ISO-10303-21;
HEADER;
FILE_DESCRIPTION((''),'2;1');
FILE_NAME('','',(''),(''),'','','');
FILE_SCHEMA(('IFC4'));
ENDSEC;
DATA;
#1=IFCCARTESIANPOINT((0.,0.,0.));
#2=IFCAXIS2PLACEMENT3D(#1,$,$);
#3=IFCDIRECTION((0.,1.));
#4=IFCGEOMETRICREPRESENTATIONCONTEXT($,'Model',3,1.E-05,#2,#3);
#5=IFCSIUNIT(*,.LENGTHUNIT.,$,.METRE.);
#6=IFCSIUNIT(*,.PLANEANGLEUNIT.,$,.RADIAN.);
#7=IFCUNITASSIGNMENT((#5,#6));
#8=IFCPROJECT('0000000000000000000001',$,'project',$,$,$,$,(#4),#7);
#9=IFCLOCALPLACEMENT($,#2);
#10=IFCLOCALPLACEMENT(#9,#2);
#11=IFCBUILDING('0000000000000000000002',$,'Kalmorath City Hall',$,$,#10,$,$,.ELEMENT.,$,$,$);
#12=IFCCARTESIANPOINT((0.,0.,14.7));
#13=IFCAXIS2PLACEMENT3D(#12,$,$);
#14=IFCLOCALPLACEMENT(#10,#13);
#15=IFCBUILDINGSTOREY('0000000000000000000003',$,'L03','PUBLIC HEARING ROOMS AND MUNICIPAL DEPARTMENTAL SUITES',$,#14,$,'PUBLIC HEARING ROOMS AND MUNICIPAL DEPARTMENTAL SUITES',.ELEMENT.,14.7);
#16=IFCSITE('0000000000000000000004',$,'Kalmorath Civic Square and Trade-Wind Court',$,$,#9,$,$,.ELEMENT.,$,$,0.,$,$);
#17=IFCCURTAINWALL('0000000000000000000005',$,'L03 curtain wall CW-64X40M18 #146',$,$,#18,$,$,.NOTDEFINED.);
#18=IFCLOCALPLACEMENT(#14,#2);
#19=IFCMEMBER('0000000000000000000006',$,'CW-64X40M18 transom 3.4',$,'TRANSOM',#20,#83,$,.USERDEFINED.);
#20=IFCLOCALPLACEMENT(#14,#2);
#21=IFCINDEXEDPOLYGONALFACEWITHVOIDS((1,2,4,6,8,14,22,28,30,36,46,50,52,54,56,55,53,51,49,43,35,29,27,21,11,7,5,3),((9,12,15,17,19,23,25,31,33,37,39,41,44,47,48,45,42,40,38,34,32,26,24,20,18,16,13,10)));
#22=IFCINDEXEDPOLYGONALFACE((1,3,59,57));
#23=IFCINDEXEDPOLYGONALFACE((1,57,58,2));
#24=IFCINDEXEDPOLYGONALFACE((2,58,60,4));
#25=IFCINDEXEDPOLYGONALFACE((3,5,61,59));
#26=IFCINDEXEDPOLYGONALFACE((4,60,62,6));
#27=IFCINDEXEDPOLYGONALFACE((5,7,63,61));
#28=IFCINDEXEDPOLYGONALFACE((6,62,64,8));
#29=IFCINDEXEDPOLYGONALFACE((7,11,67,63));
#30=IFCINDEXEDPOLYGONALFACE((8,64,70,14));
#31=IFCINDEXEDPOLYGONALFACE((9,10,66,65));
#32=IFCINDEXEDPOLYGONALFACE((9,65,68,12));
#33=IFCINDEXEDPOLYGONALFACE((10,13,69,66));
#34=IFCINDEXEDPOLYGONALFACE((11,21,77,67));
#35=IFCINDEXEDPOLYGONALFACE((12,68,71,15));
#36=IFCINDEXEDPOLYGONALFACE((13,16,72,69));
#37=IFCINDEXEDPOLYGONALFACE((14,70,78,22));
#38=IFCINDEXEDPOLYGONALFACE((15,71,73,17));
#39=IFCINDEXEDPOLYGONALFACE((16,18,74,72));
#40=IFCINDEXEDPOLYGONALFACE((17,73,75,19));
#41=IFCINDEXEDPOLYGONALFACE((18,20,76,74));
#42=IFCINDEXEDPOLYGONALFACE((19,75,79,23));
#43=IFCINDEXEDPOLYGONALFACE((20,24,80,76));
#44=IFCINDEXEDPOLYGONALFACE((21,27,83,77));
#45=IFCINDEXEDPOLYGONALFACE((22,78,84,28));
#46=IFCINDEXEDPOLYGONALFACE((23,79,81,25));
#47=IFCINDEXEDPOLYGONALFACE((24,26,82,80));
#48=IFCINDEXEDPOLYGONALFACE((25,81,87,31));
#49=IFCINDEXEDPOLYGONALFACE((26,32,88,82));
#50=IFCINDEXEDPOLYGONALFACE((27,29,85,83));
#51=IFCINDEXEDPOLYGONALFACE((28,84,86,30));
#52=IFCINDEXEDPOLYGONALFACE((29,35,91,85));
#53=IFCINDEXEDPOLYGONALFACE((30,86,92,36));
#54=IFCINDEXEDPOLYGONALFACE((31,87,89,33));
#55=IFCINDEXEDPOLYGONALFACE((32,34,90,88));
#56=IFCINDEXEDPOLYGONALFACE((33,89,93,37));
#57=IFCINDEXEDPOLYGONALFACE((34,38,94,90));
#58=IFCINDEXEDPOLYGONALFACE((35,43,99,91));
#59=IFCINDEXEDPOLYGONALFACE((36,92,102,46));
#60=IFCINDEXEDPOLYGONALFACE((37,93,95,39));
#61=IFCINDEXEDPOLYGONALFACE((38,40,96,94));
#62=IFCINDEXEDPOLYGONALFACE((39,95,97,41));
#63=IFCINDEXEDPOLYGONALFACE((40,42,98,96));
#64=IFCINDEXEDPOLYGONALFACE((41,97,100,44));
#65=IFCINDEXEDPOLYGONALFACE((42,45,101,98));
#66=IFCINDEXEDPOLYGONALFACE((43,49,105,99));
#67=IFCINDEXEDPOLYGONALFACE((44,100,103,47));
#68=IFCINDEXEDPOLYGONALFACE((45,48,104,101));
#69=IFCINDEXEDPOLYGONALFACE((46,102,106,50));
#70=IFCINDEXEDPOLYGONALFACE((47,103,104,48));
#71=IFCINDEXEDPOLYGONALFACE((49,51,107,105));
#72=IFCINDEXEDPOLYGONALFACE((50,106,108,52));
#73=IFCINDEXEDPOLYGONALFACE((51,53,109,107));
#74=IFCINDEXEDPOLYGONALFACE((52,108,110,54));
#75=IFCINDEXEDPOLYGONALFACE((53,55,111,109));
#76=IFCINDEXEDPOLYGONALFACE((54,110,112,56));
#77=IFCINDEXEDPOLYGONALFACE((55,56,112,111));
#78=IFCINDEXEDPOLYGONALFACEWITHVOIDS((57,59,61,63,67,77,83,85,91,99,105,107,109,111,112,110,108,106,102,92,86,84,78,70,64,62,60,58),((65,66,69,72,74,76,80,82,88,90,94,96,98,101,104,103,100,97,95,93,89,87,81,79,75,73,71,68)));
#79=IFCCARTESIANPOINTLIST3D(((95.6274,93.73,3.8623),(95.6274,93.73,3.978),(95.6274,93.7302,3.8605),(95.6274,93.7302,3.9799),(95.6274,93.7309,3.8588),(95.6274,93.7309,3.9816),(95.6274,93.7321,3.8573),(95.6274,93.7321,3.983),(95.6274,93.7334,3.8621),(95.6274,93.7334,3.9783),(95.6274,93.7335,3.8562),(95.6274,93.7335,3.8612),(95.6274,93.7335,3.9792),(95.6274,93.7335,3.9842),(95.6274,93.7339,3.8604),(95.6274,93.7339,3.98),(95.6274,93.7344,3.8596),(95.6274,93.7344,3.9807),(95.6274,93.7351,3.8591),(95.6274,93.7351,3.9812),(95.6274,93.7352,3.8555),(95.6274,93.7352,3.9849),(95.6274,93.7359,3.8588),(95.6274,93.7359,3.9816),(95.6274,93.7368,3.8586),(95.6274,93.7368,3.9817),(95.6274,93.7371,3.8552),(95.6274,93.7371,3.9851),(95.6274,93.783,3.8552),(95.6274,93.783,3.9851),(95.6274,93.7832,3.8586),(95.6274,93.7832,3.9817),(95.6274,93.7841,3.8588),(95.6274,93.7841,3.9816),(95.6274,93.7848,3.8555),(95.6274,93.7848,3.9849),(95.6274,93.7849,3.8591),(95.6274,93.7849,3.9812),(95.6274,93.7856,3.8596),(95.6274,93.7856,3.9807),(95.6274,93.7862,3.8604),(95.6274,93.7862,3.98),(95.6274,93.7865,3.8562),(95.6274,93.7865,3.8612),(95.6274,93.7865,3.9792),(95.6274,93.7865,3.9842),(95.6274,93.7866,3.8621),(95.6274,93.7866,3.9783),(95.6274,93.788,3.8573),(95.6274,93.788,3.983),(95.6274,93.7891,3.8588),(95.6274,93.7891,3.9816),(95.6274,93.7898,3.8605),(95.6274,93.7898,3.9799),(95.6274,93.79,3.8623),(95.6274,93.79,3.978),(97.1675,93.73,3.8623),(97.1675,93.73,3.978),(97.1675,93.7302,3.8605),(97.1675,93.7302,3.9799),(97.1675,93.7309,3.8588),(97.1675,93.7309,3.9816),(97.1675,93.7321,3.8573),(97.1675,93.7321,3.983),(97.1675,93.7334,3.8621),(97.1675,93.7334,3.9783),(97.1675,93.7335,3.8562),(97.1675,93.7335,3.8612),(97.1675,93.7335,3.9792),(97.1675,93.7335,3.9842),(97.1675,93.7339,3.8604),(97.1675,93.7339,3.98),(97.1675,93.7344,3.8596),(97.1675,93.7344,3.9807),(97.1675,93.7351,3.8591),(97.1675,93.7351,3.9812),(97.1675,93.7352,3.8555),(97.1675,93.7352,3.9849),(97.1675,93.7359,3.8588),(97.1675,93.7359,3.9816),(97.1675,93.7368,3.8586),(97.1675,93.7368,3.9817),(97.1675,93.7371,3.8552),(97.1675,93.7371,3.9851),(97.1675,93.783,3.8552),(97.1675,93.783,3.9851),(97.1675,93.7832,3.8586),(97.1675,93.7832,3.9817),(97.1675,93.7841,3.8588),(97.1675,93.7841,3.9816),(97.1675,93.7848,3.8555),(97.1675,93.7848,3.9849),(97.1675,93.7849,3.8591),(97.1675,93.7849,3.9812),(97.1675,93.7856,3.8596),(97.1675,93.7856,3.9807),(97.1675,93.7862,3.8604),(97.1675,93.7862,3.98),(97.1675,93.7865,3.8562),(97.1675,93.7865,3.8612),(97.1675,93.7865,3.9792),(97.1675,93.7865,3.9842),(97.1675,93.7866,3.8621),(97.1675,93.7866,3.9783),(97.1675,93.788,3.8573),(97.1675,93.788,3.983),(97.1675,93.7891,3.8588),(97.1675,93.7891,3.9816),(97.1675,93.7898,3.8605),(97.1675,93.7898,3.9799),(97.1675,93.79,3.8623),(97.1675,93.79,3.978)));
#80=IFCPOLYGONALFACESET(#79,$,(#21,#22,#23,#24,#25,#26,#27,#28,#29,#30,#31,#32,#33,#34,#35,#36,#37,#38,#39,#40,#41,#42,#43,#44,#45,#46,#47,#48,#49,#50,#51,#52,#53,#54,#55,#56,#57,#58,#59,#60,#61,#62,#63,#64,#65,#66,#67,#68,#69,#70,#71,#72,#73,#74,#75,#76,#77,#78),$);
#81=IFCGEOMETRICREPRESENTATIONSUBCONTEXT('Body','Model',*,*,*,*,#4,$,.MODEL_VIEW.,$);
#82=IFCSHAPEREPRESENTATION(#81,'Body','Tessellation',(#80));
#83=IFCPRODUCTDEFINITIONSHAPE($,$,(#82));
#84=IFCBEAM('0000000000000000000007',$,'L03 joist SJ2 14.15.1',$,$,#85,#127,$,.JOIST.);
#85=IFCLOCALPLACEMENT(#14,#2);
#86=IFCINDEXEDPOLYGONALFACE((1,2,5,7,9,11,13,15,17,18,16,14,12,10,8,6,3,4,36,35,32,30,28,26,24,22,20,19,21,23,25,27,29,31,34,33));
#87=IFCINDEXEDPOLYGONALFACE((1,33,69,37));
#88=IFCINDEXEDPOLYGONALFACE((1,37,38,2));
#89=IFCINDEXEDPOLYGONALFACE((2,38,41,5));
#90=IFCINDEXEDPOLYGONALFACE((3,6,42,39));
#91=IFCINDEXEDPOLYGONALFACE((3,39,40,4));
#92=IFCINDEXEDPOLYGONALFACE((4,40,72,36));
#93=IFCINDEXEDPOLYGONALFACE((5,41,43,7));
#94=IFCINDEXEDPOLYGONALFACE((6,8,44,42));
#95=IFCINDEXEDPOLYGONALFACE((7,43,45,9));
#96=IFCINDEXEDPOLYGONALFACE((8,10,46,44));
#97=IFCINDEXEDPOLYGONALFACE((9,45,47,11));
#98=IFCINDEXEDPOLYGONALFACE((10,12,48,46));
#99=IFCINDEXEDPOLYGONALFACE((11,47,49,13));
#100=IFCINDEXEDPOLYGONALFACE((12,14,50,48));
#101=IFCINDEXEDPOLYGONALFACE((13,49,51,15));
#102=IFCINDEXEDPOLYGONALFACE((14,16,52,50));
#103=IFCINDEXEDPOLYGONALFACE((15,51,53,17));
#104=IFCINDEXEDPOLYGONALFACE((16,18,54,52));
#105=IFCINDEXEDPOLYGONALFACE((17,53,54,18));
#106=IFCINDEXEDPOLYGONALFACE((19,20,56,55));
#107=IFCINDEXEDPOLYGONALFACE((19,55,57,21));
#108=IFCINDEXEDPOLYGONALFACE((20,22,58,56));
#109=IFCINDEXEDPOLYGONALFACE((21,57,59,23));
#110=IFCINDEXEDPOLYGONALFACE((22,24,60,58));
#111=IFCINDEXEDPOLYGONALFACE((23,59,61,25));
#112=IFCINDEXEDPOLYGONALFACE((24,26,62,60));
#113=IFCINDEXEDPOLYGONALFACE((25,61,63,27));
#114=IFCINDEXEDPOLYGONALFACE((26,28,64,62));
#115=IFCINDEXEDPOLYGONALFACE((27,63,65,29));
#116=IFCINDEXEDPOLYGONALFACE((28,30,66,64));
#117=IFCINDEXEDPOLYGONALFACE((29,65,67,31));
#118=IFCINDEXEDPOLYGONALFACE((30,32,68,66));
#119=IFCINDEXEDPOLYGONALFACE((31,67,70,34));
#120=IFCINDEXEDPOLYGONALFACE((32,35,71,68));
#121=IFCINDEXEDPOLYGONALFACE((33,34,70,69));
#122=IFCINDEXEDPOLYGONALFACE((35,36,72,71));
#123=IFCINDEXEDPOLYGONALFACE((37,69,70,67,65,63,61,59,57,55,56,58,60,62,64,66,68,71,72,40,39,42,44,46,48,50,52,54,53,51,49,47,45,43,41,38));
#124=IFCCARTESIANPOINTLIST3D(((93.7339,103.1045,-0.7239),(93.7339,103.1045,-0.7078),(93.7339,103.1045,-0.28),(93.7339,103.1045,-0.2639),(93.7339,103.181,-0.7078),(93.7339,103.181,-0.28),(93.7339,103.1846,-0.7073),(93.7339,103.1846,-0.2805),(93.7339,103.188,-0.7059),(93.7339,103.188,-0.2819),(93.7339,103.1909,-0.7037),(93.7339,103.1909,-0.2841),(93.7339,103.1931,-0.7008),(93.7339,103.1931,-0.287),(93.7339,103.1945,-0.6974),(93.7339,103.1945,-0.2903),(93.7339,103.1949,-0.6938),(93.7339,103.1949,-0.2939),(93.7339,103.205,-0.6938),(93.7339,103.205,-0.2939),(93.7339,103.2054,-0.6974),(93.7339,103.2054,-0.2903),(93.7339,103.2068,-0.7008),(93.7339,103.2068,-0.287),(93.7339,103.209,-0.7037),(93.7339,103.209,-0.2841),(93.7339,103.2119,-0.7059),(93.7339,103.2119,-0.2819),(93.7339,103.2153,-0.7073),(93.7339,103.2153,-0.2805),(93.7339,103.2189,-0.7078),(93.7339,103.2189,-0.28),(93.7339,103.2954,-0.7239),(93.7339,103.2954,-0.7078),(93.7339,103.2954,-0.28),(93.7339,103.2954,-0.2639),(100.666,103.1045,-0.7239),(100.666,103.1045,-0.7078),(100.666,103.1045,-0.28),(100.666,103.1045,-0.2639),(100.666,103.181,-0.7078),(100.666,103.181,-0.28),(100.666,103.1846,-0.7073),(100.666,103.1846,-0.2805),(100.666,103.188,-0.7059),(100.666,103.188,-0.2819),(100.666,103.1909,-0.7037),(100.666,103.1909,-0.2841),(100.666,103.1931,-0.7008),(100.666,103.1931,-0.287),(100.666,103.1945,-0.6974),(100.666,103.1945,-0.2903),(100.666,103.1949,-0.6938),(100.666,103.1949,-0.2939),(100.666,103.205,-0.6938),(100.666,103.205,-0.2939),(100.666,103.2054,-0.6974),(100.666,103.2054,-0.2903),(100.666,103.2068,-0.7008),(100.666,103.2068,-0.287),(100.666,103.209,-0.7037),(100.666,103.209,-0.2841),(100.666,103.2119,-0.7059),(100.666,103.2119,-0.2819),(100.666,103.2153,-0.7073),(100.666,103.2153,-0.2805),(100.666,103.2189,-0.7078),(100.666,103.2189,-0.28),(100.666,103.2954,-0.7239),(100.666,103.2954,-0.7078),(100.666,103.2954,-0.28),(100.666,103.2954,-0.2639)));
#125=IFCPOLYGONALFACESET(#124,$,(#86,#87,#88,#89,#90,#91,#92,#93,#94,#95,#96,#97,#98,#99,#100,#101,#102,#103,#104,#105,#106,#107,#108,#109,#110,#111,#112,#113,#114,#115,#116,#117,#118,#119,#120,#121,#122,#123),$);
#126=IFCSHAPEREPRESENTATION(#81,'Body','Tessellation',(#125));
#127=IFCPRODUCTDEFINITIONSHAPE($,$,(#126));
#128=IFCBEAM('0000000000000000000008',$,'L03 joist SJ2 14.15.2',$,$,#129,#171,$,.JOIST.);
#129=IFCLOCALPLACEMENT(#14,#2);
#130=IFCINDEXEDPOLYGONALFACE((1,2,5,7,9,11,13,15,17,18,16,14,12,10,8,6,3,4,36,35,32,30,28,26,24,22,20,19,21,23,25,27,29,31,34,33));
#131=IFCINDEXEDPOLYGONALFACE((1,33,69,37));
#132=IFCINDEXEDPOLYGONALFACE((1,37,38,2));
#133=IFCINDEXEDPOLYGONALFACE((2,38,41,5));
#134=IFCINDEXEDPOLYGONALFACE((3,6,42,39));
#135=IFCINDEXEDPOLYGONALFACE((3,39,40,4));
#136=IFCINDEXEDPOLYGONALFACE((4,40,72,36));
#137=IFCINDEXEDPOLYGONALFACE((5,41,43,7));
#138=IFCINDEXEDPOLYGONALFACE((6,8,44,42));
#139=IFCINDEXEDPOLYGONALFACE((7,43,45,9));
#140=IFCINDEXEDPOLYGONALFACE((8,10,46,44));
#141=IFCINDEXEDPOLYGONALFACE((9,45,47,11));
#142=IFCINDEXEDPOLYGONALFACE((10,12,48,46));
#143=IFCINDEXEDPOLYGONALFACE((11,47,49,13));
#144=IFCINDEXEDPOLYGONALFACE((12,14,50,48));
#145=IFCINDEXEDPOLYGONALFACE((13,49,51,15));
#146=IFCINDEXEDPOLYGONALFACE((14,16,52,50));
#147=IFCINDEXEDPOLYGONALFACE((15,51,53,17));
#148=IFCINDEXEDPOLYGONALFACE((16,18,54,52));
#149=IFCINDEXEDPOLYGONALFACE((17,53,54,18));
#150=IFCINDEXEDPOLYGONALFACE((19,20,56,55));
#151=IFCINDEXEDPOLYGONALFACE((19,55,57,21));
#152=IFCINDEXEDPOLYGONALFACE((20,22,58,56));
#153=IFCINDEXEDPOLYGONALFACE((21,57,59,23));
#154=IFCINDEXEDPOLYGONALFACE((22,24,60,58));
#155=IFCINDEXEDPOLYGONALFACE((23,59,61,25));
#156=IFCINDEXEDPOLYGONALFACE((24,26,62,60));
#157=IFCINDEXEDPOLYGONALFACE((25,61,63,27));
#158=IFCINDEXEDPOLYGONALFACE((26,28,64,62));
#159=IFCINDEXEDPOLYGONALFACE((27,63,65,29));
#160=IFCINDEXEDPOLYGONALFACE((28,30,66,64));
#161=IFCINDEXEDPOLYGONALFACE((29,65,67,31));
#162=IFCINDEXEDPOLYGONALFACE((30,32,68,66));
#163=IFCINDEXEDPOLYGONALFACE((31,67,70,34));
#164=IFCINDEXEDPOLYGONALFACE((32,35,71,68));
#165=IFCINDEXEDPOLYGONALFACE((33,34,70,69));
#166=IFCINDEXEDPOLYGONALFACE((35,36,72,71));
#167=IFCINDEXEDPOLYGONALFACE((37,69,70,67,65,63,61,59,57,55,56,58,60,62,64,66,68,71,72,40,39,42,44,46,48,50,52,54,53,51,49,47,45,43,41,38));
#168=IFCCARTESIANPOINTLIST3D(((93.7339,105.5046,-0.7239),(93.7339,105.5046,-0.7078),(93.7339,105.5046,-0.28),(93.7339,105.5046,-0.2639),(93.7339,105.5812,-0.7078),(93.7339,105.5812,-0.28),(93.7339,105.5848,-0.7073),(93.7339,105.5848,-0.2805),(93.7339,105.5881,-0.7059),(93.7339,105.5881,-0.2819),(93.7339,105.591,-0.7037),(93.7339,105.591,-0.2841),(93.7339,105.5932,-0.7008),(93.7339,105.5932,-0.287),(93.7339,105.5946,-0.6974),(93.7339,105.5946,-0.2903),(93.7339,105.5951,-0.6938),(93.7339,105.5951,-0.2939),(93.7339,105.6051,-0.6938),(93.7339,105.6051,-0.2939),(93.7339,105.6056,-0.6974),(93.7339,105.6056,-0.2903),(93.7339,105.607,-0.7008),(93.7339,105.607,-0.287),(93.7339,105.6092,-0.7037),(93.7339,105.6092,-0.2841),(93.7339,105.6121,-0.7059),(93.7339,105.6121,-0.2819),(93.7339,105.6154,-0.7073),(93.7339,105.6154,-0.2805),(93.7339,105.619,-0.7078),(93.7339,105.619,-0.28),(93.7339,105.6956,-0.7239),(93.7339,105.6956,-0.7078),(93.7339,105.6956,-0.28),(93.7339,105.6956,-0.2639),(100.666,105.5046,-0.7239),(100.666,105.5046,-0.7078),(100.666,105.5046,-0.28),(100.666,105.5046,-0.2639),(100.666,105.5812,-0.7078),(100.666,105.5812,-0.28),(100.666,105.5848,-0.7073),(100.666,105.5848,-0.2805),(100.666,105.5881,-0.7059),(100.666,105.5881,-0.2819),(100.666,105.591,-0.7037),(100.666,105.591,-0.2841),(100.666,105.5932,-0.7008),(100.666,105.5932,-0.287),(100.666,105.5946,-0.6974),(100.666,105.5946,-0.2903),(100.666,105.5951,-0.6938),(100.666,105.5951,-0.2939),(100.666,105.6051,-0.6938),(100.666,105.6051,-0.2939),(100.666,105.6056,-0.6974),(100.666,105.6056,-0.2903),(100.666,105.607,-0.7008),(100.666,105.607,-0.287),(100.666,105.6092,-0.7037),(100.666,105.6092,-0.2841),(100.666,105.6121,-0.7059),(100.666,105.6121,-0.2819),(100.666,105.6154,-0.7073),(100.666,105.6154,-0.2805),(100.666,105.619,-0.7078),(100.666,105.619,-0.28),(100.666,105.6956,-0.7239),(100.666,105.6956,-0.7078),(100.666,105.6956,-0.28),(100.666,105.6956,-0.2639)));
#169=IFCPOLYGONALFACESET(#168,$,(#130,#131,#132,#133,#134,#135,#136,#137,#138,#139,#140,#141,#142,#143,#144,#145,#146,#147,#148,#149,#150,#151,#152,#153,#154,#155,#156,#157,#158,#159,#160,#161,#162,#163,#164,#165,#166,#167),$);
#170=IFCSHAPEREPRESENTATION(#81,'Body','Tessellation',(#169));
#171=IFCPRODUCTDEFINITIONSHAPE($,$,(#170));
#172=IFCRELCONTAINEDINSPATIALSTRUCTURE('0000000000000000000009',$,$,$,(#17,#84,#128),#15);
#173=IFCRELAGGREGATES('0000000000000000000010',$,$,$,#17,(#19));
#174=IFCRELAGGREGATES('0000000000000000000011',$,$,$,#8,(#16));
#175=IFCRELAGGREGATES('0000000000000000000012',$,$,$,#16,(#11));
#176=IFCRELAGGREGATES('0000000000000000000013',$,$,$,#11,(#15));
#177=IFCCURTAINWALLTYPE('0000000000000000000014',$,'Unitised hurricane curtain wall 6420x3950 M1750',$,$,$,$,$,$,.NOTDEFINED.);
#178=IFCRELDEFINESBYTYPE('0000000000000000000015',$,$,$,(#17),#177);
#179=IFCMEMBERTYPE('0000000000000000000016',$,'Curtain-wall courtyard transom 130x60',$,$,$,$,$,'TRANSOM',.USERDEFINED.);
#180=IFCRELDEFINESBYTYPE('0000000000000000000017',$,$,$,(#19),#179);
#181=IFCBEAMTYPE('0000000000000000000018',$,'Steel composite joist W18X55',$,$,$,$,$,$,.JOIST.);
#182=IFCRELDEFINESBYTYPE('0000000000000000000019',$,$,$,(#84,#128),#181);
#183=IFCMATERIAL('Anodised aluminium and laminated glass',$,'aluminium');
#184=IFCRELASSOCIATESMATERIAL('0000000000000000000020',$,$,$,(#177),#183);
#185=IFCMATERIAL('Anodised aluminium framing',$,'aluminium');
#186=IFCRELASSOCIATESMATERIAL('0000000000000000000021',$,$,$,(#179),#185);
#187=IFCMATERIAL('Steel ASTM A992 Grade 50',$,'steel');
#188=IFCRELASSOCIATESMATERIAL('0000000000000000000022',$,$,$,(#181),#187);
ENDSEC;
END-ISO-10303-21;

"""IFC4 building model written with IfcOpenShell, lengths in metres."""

from ifc_helpers import new_model, si_unit, direction, frame, origin, origin_2d, place, context, subcontext, project, spatial, hollow_rectangle, i_section, extrude, material, material_profile, profile_set, type_object, element, aggregate, save


model = new_model("IFC4")

# Units and contexts
model_context = context("Model", 3, precision=1e-05, world=origin(), true_north=direction((0.0, 1.0)))
body_context = subcontext(model_context, "Body", "Model", "MODEL_VIEW")
ifc_project = project(units=[si_unit("LENGTHUNIT", "METRE"), si_unit("PLANEANGLEUNIT", "RADIAN")], contexts=[model_context])

# Site, building, storey
site_placement = place(None, origin())
site = spatial("IfcSite", under=ifc_project, at=site_placement, Name="Kalmorath Civic Square and Trade-Wind Court", CompositionType="ELEMENT", RefElevation=0.0)
building_placement = place(site_placement, origin())
building = spatial("IfcBuilding", under=site, at=building_placement, Name="Kalmorath City Hall", CompositionType="ELEMENT")
storey_placement = place(building_placement, frame((0.0, 0.0, 14.7)))
storey = spatial("IfcBuildingStorey", under=building, at=storey_placement, Name="L03", Description="PUBLIC HEARING ROOMS AND MUNICIPAL DEPARTMENTAL SUITES", LongName="PUBLIC HEARING ROOMS AND MUNICIPAL DEPARTMENTAL SUITES", CompositionType="ELEMENT", Elevation=14.7)

# Curtain wall, member
ifc_material_1 = material(Name="Anodised aluminium and laminated glass", Category="aluminium")
curtain_wall_type = type_object("IfcCurtainWallType", Name="Unitised hurricane curtain wall 6420x3950 M1750", PredefinedType="NOTDEFINED", material=ifc_material_1)
curtain_wall_placement = place(storey_placement, origin())
curtain_wall = element("IfcCurtainWall", 1, at=curtain_wall_placement, inside=storey, type_object=curtain_wall_type, Name="L03 curtain wall CW-64X40M18 #146", PredefinedType="NOTDEFINED")
ifc_material_2 = material(Name="Anodised aluminium framing", Category="aluminium")
ifc_material_profile_1 = material_profile(ifc_material_2, hollow_rectangle(XDim=0.0601, YDim=0.1299, WallThickness=0.0034, InnerFilletRadius=0.0034, OuterFilletRadius=0.0071, at=origin_2d()), Name="ALU-TRN-130X60X3.5")
ifc_profile_set_1 = profile_set([ifc_material_profile_1], Name="Anodised aluminium framing")
member_type_1 = type_object("IfcMemberType", Name="Curtain-wall courtyard transom 130x60", ElementType="TRANSOM", PredefinedType="USERDEFINED", material=ifc_profile_set_1)
member_1_placement = place(storey_placement, frame((97.1675, 93.76, 3.9202), z_axis=(-1.0, 0.0, 0.0), x_axis=(0.0, -1.0, 0.0)))
member_1 = element("IfcMember", 2, at=member_1_placement, type_object=member_type_1, Name="CW-64X40M18 transom 3.4", ObjectType="TRANSOM", PredefinedType="USERDEFINED", context=body_context, shape_type="SweptSolid", body=[
    extrude(hollow_rectangle(XDim=0.0601, YDim=0.1299, WallThickness=0.0034, InnerFilletRadius=0.0034, OuterFilletRadius=0.0071, at=origin_2d()), origin(), (0.0, 0.0, 1.0), 1.54),
])
aggregate(curtain_wall, [member_1])

# Beams
ifc_material_3 = material(Name="Steel ASTM A992 Grade 50", Category="steel")
ifc_material_profile_2 = material_profile(ifc_material_3, i_section(OverallWidth=0.1909, OverallDepth=0.46, WebThickness=0.01, FlangeThickness=0.0161, FilletRadius=0.0139, at=origin_2d()), Name="W18X55")
ifc_profile_set_2 = profile_set([ifc_material_profile_2], Name="Steel ASTM A992 Grade 50")
beam_type_1 = type_object("IfcBeamType", Name="Steel composite joist W18X55", PredefinedType="JOIST", material=ifc_profile_set_2)
for number, where, z_axis, x_axis, name in (
    (3, (93.7339, 103.2, -0.4939), (1.0, 0.0, 0.0), (0.0, 1.0, 0.0), "L03 joist SJ2 14.15.1"),
    (4, (93.7339, 105.6001, -0.4939), (1.0, 0.0, 0.0), (0.0, 1.0, 0.0), "L03 joist SJ2 14.15.2"),
):
    element("IfcBeam", number, at=place(storey_placement, frame(where, z_axis=z_axis, x_axis=x_axis)), inside=storey, type_object=beam_type_1, Name=name, PredefinedType="JOIST", context=body_context, shape_type="SweptSolid", body=[
        extrude(i_section(OverallWidth=0.1909, OverallDepth=0.46, WebThickness=0.01, FlangeThickness=0.0161, FilletRadius=0.0139, at=origin_2d()), origin(), (0.0, 0.0, 1.0), 6.9321),
    ])

save(model, "model.ifc")
